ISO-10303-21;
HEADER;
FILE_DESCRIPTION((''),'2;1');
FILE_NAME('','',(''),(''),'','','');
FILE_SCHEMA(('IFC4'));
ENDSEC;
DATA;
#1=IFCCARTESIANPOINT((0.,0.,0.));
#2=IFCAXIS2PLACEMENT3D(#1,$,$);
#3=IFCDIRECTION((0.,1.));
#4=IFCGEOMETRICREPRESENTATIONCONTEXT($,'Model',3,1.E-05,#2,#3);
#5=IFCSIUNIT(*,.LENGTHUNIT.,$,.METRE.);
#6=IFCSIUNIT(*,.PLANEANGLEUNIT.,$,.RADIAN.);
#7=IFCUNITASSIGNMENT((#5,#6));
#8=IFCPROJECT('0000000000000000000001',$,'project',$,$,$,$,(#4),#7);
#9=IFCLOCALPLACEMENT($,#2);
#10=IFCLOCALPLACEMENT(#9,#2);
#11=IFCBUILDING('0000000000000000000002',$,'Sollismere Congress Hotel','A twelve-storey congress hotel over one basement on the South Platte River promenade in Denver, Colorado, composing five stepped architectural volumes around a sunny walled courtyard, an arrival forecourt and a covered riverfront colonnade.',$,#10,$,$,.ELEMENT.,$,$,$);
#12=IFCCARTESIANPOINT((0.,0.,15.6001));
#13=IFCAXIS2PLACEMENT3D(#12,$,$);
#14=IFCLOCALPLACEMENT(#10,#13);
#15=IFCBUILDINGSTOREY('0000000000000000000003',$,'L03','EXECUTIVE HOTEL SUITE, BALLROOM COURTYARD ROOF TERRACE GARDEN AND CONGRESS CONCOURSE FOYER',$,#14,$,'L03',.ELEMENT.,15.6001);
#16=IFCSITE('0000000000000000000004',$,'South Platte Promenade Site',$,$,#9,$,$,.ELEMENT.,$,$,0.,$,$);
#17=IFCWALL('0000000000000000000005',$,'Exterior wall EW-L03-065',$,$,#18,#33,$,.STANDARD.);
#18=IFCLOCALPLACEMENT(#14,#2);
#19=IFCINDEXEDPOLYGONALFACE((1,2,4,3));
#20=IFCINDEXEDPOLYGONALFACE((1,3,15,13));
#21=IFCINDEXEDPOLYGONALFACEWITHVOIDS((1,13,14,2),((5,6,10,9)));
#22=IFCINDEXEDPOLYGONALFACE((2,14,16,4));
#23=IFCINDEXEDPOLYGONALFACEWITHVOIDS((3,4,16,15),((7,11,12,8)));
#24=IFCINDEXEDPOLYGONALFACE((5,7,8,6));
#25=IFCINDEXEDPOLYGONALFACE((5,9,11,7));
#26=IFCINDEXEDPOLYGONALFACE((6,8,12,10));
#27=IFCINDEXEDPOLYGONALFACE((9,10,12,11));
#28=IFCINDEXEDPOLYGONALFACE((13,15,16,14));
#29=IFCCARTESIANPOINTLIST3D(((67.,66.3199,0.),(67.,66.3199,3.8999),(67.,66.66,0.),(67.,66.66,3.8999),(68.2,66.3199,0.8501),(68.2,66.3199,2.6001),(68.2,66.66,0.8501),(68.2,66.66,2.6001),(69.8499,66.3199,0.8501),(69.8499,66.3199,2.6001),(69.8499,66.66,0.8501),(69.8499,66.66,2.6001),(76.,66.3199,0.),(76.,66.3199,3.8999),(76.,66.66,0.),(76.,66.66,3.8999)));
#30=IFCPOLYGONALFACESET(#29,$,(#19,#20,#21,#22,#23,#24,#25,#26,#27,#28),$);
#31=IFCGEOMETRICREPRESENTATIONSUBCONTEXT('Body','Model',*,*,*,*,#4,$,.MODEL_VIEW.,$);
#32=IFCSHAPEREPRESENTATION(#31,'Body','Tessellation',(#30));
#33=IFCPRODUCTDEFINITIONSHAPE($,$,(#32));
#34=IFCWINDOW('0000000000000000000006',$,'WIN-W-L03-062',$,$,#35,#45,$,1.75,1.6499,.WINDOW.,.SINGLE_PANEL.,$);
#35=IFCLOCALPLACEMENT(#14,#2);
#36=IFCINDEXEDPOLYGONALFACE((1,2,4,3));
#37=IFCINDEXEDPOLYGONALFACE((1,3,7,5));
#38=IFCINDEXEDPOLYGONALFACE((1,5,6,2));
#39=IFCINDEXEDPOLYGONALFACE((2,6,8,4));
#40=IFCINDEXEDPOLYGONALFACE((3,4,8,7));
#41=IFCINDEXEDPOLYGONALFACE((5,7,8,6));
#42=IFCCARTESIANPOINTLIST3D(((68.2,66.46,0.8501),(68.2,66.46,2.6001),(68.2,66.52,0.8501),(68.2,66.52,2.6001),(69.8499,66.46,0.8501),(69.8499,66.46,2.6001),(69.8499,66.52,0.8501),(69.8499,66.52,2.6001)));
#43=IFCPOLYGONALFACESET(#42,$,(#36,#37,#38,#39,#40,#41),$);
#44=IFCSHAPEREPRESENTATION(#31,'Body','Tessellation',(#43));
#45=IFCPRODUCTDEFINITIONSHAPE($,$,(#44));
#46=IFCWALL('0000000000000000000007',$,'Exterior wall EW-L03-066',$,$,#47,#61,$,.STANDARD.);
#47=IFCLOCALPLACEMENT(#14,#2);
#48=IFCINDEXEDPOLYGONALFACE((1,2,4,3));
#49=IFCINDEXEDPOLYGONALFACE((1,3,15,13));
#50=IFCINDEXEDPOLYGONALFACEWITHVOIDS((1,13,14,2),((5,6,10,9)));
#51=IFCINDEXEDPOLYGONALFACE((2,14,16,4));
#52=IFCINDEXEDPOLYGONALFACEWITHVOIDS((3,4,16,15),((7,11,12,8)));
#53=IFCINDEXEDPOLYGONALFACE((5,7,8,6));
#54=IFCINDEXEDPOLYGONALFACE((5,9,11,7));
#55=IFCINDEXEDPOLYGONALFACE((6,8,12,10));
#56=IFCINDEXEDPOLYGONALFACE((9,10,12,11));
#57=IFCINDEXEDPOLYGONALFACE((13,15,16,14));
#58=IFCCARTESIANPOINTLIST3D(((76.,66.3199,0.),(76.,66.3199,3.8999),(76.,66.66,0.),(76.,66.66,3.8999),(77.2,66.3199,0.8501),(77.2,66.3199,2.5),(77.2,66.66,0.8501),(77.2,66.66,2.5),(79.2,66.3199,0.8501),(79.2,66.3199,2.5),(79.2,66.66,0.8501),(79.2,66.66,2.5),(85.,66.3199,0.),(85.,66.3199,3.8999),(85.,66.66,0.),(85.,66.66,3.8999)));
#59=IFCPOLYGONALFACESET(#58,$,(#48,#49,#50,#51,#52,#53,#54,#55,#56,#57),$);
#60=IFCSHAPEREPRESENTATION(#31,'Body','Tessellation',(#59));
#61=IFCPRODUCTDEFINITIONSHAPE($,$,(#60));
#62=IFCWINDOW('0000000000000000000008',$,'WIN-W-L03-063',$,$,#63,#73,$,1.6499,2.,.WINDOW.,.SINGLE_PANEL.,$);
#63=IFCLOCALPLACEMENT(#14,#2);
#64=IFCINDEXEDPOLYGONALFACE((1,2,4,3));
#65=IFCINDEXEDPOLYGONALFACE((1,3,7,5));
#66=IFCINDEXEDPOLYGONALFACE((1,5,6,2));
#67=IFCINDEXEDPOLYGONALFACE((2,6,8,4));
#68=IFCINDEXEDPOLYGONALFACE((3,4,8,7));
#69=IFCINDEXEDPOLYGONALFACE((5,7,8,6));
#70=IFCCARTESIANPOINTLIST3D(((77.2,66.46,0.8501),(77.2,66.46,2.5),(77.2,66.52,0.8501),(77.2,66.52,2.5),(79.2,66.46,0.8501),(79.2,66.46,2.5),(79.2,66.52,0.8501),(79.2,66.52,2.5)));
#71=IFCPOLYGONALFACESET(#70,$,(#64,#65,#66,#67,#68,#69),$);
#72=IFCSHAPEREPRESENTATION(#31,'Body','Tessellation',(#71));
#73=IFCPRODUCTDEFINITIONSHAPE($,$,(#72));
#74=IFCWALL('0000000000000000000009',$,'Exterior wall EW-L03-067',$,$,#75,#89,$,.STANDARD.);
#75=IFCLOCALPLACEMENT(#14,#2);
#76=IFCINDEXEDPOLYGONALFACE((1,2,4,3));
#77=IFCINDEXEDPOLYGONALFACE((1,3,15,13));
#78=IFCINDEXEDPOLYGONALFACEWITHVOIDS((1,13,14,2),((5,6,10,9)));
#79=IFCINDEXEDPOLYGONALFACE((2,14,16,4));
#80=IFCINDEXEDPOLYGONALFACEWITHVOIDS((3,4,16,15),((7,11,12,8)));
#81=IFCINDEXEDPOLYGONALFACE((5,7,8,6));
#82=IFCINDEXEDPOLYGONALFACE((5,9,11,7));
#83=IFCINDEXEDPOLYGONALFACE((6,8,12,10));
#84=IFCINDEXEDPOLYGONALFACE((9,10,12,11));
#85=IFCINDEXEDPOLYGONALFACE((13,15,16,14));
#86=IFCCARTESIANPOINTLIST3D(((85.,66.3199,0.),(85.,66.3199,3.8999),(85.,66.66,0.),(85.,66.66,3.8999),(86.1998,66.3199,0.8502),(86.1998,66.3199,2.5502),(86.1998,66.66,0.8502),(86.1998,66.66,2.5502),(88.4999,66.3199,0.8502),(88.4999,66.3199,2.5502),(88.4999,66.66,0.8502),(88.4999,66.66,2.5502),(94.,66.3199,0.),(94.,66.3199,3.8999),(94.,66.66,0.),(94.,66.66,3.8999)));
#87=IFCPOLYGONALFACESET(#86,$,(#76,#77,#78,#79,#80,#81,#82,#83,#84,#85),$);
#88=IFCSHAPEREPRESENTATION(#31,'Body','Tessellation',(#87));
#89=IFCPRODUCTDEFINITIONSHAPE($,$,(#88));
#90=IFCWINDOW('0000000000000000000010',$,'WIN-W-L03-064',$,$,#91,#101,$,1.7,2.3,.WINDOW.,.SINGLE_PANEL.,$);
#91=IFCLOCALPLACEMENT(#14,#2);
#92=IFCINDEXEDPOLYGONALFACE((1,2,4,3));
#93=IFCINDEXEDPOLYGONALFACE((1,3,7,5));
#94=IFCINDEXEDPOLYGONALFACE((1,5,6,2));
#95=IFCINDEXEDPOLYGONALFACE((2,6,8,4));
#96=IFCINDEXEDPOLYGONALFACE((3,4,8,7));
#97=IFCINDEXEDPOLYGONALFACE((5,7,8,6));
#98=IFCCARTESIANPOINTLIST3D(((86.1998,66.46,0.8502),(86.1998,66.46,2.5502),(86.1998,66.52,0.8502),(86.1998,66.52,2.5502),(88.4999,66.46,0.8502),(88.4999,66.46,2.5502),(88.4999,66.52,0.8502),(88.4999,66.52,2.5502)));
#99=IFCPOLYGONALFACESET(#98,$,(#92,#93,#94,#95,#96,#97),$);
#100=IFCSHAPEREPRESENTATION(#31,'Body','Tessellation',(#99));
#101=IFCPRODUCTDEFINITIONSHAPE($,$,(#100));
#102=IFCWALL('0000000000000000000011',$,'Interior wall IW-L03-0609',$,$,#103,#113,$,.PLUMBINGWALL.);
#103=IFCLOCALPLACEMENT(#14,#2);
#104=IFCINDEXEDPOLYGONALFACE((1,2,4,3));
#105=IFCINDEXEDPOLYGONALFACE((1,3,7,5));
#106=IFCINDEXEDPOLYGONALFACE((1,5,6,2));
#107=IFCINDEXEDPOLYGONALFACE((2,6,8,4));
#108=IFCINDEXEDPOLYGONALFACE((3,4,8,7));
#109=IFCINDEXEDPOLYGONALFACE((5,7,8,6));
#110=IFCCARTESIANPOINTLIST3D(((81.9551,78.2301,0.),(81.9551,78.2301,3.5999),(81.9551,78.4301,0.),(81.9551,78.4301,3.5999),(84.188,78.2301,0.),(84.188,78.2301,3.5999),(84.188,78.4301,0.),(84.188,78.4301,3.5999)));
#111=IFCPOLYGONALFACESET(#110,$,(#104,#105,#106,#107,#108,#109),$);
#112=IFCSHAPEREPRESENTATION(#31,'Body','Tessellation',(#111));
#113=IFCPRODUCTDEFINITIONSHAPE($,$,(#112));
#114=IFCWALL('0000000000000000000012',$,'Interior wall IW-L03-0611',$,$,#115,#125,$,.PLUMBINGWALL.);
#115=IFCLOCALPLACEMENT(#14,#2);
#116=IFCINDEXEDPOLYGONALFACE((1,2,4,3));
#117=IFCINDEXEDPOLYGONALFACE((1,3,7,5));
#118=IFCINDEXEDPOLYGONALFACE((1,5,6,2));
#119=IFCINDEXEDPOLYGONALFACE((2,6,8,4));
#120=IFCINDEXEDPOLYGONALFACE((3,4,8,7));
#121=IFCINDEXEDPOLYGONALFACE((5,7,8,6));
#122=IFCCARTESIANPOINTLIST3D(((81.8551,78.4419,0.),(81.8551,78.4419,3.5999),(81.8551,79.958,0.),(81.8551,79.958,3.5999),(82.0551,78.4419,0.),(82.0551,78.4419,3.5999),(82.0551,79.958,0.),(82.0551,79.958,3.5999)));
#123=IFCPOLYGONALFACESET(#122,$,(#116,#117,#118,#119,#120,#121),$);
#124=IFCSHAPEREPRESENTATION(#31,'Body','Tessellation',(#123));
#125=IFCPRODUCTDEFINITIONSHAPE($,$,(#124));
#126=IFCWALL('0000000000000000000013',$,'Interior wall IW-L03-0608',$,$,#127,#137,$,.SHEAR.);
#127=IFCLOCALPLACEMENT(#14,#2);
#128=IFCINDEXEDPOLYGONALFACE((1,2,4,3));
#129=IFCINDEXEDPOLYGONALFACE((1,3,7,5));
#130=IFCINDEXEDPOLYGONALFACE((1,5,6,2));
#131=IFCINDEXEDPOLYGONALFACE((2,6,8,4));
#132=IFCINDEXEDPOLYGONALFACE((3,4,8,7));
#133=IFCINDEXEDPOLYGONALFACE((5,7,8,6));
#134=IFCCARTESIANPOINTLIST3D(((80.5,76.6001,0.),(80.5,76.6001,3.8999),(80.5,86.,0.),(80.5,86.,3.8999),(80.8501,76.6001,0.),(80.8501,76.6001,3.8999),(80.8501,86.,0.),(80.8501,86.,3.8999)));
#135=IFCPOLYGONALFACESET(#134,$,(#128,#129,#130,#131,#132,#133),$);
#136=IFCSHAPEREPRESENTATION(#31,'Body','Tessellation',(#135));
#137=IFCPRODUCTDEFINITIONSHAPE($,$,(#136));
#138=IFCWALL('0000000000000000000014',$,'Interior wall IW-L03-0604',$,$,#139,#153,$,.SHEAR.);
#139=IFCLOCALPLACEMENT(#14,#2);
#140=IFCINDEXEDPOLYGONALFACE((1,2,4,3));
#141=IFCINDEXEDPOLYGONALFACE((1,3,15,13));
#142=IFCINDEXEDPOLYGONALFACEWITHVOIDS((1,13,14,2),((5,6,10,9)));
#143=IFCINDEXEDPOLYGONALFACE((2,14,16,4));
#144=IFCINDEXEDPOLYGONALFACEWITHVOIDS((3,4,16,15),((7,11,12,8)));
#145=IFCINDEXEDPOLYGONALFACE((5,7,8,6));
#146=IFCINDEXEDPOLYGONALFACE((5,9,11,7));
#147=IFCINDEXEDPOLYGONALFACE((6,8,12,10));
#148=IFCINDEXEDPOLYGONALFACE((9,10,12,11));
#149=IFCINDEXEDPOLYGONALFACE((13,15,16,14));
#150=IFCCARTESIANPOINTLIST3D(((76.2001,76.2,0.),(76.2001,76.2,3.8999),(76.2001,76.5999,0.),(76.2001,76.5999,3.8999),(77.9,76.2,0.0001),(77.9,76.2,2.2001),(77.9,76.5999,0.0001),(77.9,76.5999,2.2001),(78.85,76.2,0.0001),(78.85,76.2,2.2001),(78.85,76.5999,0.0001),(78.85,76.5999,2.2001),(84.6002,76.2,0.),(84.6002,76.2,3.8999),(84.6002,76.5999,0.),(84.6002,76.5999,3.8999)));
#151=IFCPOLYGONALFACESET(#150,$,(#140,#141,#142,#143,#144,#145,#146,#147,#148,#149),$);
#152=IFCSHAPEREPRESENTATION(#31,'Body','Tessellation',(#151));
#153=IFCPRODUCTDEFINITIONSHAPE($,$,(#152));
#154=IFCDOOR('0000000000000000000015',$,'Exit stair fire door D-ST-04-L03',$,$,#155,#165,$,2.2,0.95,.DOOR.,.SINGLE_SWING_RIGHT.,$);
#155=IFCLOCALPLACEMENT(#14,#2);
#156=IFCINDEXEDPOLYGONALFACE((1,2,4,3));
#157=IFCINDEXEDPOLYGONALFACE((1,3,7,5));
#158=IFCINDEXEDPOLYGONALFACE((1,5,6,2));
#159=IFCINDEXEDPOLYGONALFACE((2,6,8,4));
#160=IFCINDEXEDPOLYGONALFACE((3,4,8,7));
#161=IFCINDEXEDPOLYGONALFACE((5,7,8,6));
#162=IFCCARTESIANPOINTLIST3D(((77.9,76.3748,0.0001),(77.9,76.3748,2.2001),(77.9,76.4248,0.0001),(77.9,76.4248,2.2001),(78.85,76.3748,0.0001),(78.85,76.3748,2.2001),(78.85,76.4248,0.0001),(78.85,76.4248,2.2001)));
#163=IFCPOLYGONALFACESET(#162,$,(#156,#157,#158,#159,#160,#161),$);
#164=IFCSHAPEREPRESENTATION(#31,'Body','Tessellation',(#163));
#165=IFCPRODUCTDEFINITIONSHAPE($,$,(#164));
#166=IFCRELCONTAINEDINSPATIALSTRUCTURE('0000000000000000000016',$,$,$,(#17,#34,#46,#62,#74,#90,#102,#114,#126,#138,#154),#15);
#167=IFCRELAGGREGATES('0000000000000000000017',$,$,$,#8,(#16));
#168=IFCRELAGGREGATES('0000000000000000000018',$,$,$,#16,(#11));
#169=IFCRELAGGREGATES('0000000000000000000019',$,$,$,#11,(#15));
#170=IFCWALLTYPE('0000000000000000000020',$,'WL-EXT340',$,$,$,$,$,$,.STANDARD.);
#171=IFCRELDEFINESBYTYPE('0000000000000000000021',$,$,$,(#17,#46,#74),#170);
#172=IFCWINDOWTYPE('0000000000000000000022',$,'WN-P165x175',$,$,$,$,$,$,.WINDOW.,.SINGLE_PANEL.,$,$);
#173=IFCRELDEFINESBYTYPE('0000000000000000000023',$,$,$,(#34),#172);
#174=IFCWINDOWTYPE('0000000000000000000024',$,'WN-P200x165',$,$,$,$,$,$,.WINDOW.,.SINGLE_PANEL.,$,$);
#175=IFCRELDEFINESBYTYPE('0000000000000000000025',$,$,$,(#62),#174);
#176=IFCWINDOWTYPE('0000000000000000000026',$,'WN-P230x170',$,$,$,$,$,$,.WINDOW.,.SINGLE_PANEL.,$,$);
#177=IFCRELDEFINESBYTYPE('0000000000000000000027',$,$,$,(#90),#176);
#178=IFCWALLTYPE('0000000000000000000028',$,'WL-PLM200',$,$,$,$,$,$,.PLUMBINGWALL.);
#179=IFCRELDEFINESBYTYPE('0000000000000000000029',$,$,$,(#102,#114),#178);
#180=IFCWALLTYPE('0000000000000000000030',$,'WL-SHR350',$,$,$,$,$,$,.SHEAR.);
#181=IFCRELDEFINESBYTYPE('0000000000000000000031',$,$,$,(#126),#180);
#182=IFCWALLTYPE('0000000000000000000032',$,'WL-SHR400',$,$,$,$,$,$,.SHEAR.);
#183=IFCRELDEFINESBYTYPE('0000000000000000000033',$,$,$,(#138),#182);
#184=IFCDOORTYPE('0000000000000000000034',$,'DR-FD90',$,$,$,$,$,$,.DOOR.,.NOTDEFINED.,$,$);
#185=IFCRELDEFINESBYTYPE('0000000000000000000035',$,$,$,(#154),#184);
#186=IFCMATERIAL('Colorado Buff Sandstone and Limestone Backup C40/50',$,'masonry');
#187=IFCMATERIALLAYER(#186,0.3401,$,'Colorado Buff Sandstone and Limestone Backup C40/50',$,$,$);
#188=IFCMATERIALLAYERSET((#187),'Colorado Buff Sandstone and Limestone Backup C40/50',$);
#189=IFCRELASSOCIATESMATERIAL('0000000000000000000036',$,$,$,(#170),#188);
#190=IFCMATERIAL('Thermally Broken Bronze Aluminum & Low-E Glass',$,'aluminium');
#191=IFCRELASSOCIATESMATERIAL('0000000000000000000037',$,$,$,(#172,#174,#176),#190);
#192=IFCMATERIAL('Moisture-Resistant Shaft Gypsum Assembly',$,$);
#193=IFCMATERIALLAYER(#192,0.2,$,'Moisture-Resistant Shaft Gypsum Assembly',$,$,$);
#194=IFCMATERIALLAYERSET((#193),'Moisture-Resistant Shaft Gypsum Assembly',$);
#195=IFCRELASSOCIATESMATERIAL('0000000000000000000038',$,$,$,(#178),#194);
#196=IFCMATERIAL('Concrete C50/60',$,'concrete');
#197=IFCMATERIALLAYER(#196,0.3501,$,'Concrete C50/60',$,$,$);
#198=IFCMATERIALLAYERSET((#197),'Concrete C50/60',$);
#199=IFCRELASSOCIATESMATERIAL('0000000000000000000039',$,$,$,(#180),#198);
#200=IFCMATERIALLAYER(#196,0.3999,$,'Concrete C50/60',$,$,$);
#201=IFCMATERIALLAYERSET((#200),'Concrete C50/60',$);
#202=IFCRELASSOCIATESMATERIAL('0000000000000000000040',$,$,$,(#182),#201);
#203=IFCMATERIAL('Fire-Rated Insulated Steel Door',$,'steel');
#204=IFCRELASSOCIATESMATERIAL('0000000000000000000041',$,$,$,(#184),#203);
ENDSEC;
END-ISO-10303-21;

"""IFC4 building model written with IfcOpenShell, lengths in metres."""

from ifc_helpers import new_model, si_unit, direction, frame, frame_2d, origin, place, context, subcontext, project, spatial, rectangle, extrude, material, layer, layer_set, type_object, element, fill, save


model = new_model("IFC4")

# Units and contexts
model_context = context("Model", 3, precision=1e-05, world=origin(), true_north=direction((0.0, 1.0)))
body_context = subcontext(model_context, "Body", "Model", "MODEL_VIEW")
ifc_project = project(units=[si_unit("LENGTHUNIT", "METRE"), si_unit("PLANEANGLEUNIT", "RADIAN")], contexts=[model_context])

# Site, building, storey
site_placement = place(None, origin())
site = spatial("IfcSite", under=ifc_project, at=site_placement, Name="South Platte Promenade Site", CompositionType="ELEMENT", RefElevation=0.0)
building_placement = place(site_placement, origin())
building = spatial("IfcBuilding", under=site, at=building_placement, Name="Sollismere Congress Hotel", Description="A twelve-storey congress hotel over one basement on the South Platte River promenade in Denver, Colorado, composing five stepped architectural volumes around a sunny walled courtyard, an arrival forecourt and a covered riverfront colonnade.", CompositionType="ELEMENT")
storey_placement = place(building_placement, frame((0.0, 0.0, 15.6001)))
storey = spatial("IfcBuildingStorey", under=building, at=storey_placement, Name="L03", Description="EXECUTIVE HOTEL SUITE, BALLROOM COURTYARD ROOF TERRACE GARDEN AND CONGRESS CONCOURSE FOYER", LongName="L03", CompositionType="ELEMENT", Elevation=15.6001)

# Walls, openings, windows
ifc_material_1 = material(Name="Colorado Buff Sandstone and Limestone Backup C40/50", Category="masonry")
ifc_layer_1 = layer(ifc_material_1, 0.3401, Name="Colorado Buff Sandstone and Limestone Backup C40/50")
ifc_layer_set_1 = layer_set([ifc_layer_1], Name="Colorado Buff Sandstone and Limestone Backup C40/50")
wall_type_1 = type_object("IfcWallType", Name="WL-EXT340", PredefinedType="STANDARD", material=ifc_layer_set_1)
wall_1_placement = place(storey_placement, frame((67.0, 66.49, 0.0), z_axis=(0.0, 0.0, 1.0), x_axis=(1.0, 0.0, 0.0)))
wall_1 = element("IfcWall", 1, at=wall_1_placement, inside=storey, type_object=wall_type_1, Name="Exterior wall EW-L03-065", PredefinedType="STANDARD", context=body_context, shape_type="SweptSolid", body=[
    extrude(rectangle(XDim=9.0, YDim=0.3401, at=frame_2d((4.5, 0.0))), origin(), (0.0, 0.0, 1.0), 3.8999),
])
opening_1_placement = place(wall_1_placement, frame((1.2, 0.0, 0.8501)))
opening_1 = element("IfcOpeningElement", 2, at=opening_1_placement, cuts=wall_1, PredefinedType="OPENING", context=body_context, shape_type="SweptSolid", body=[
    extrude(rectangle(XDim=1.6499, YDim=1.75, at=frame_2d((0.825, 0.875))), frame((0.0, 0.1799, 0.0), z_axis=(0.0, -1.0, 0.0), x_axis=(1.0, 0.0, 0.0)), (0.0, 0.0, 1.0), 0.3601),
])
ifc_material_2 = material(Name="Thermally Broken Bronze Aluminum & Low-E Glass", Category="aluminium")
window_type_1 = type_object("IfcWindowType", Name="WN-P165x175", PartitioningType="SINGLE_PANEL", PredefinedType="WINDOW", material=ifc_material_2)
window_1_placement = place(opening_1_placement, origin())
window_1 = element("IfcWindow", 3, at=window_1_placement, inside=storey, type_object=window_type_1, Name="WIN-W-L03-062", OverallHeight=1.75, OverallWidth=1.6499, PartitioningType="SINGLE_PANEL", PredefinedType="WINDOW", context=body_context, shape_type="SweptSolid", body=[
    extrude(rectangle(XDim=1.6499, YDim=1.75, at=frame_2d((0.825, 0.875))), frame((0.0, 0.03, 0.0), z_axis=(0.0, -1.0, 0.0), x_axis=(1.0, 0.0, 0.0)), (0.0, 0.0, 1.0), 0.0601),
])
fill(opening_1, window_1)
wall_2_placement = place(storey_placement, frame((76.0, 66.49, 0.0), z_axis=(0.0, 0.0, 1.0), x_axis=(1.0, 0.0, 0.0)))
wall_2 = element("IfcWall", 4, at=wall_2_placement, inside=storey, type_object=wall_type_1, Name="Exterior wall EW-L03-066", PredefinedType="STANDARD", context=body_context, shape_type="SweptSolid", body=[
    extrude(rectangle(XDim=9.0, YDim=0.3401, at=frame_2d((4.5, 0.0))), origin(), (0.0, 0.0, 1.0), 3.8999),
])
opening_2_placement = place(wall_2_placement, frame((1.2, 0.0, 0.8501)))
opening_2 = element("IfcOpeningElement", 5, at=opening_2_placement, cuts=wall_2, PredefinedType="OPENING", context=body_context, shape_type="SweptSolid", body=[
    extrude(rectangle(XDim=2.0, YDim=1.6499, at=frame_2d((1.0, 0.825))), frame((0.0, 0.1799, 0.0), z_axis=(0.0, -1.0, 0.0), x_axis=(1.0, 0.0, 0.0)), (0.0, 0.0, 1.0), 0.3601),
])
window_type_2 = type_object("IfcWindowType", Name="WN-P200x165", PartitioningType="SINGLE_PANEL", PredefinedType="WINDOW", material=ifc_material_2)
window_2_placement = place(opening_2_placement, origin())
window_2 = element("IfcWindow", 6, at=window_2_placement, inside=storey, type_object=window_type_2, Name="WIN-W-L03-063", OverallHeight=1.6499, OverallWidth=2.0, PartitioningType="SINGLE_PANEL", PredefinedType="WINDOW", context=body_context, shape_type="SweptSolid", body=[
    extrude(rectangle(XDim=2.0, YDim=1.6499, at=frame_2d((1.0, 0.825))), frame((0.0, 0.03, 0.0), z_axis=(0.0, -1.0, 0.0), x_axis=(1.0, 0.0, 0.0)), (0.0, 0.0, 1.0), 0.0601),
])
fill(opening_2, window_2)
wall_3_placement = place(storey_placement, frame((85.0, 66.49, 0.0), z_axis=(0.0, 0.0, 1.0), x_axis=(1.0, 0.0, 0.0)))
wall_3 = element("IfcWall", 7, at=wall_3_placement, inside=storey, type_object=wall_type_1, Name="Exterior wall EW-L03-067", PredefinedType="STANDARD", context=body_context, shape_type="SweptSolid", body=[
    extrude(rectangle(XDim=9.0, YDim=0.3401, at=frame_2d((4.5, 0.0))), origin(), (0.0, 0.0, 1.0), 3.8999),
])
opening_3_placement = place(wall_3_placement, frame((1.2, 0.0, 0.8501)))
opening_3 = element("IfcOpeningElement", 8, at=opening_3_placement, cuts=wall_3, PredefinedType="OPENING", context=body_context, shape_type="SweptSolid", body=[
    extrude(rectangle(XDim=2.3, YDim=1.7, at=frame_2d((1.1499, 0.8501))), frame((0.0, 0.1799, 0.0), z_axis=(0.0, -1.0, 0.0), x_axis=(1.0, 0.0, 0.0)), (0.0, 0.0, 1.0), 0.3601),
])
window_type_3 = type_object("IfcWindowType", Name="WN-P230x170", PartitioningType="SINGLE_PANEL", PredefinedType="WINDOW", material=ifc_material_2)
window_3_placement = place(opening_3_placement, origin())
window_3 = element("IfcWindow", 9, at=window_3_placement, inside=storey, type_object=window_type_3, Name="WIN-W-L03-064", OverallHeight=1.7, OverallWidth=2.3, PartitioningType="SINGLE_PANEL", PredefinedType="WINDOW", context=body_context, shape_type="SweptSolid", body=[
    extrude(rectangle(XDim=2.3, YDim=1.7, at=frame_2d((1.1499, 0.8501))), frame((0.0, 0.03, 0.0), z_axis=(0.0, -1.0, 0.0), x_axis=(1.0, 0.0, 0.0)), (0.0, 0.0, 1.0), 0.0601),
])
fill(opening_3, window_3)

# Walls
ifc_material_3 = material(Name="Moisture-Resistant Shaft Gypsum Assembly")
ifc_layer_2 = layer(ifc_material_3, 0.2, Name="Moisture-Resistant Shaft Gypsum Assembly")
ifc_layer_set_2 = layer_set([ifc_layer_2], Name="Moisture-Resistant Shaft Gypsum Assembly")
wall_type_2 = type_object("IfcWallType", Name="WL-PLM200", PredefinedType="PLUMBINGWALL", material=ifc_layer_set_2)
wall_4_placement = place(storey_placement, frame((81.9551, 78.3301, 0.0), z_axis=(0.0, 0.0, 1.0), x_axis=(1.0, 0.0, 0.0)))
element("IfcWall", 10, at=wall_4_placement, inside=storey, type_object=wall_type_2, Name="Interior wall IW-L03-0609", PredefinedType="PLUMBINGWALL", context=body_context, shape_type="SweptSolid", body=[
    extrude(rectangle(XDim=2.2329, YDim=0.2, at=frame_2d((1.1165, 0.0))), origin(), (0.0, 0.0, 1.0), 3.5999),
])
wall_5_placement = place(storey_placement, frame((81.9551, 78.4419, 0.0), z_axis=(0.0, 0.0, 1.0), x_axis=(0.0, 1.0, 0.0)))
element("IfcWall", 11, at=wall_5_placement, inside=storey, type_object=wall_type_2, Name="Interior wall IW-L03-0611", PredefinedType="PLUMBINGWALL", context=body_context, shape_type="SweptSolid", body=[
    extrude(rectangle(XDim=1.5161, YDim=0.2, at=frame_2d((0.7581, 0.0))), origin(), (0.0, 0.0, 1.0), 3.5999),
])
ifc_material_4 = material(Name="Concrete C50/60", Category="concrete")
ifc_layer_3 = layer(ifc_material_4, 0.3501, Name="Concrete C50/60")
ifc_layer_set_3 = layer_set([ifc_layer_3], Name="Concrete C50/60")
wall_type_3 = type_object("IfcWallType", Name="WL-SHR350", PredefinedType="SHEAR", material=ifc_layer_set_3)
wall_6_placement = place(storey_placement, frame((80.675, 76.6001, 0.0), z_axis=(0.0, 0.0, 1.0), x_axis=(0.0, 1.0, 0.0)))
element("IfcWall", 12, at=wall_6_placement, inside=storey, type_object=wall_type_3, Name="Interior wall IW-L03-0608", PredefinedType="SHEAR", context=body_context, shape_type="SweptSolid", body=[
    extrude(rectangle(XDim=9.3999, YDim=0.3501, at=frame_2d((4.7, 0.0))), origin(), (0.0, 0.0, 1.0), 3.8999),
])

# Wall, opening, door
ifc_layer_4 = layer(ifc_material_4, 0.3999, Name="Concrete C50/60")
ifc_layer_set_4 = layer_set([ifc_layer_4], Name="Concrete C50/60")
wall_type_4 = type_object("IfcWallType", Name="WL-SHR400", PredefinedType="SHEAR", material=ifc_layer_set_4)
wall_7_placement = place(storey_placement, frame((76.2, 76.3999, 0.0), z_axis=(0.0, 0.0, 1.0), x_axis=(1.0, 0.0, 0.0)))
wall_7 = element("IfcWall", 13, at=wall_7_placement, inside=storey, type_object=wall_type_4, Name="Interior wall IW-L03-0604", PredefinedType="SHEAR", context=body_context, shape_type="SweptSolid", body=[
    extrude(rectangle(XDim=8.4001, YDim=0.3999, at=frame_2d((4.2002, 0.0))), origin(), (0.0, 0.0, 1.0), 3.8999),
])
opening_4_placement = place(wall_7_placement, frame((1.7, 0.0, 0.0)))
opening_4 = element("IfcOpeningElement", 14, at=opening_4_placement, cuts=wall_7, PredefinedType="OPENING", context=body_context, shape_type="SweptSolid", body=[
    extrude(rectangle(XDim=0.95, YDim=2.2, at=frame_2d((0.4751, 1.1001))), frame((0.0, 0.21, 0.0), z_axis=(0.0, -1.0, 0.0), x_axis=(1.0, 0.0, 0.0)), (0.0, 0.0, 1.0), 0.4199),
])
ifc_material_5 = material(Name="Fire-Rated Insulated Steel Door", Category="steel")
door_type_1 = type_object("IfcDoorType", Name="DR-FD90", OperationType="NOTDEFINED", PredefinedType="DOOR", material=ifc_material_5)
door_1_placement = place(opening_4_placement, origin())
door_1 = element("IfcDoor", 15, at=door_1_placement, inside=storey, type_object=door_type_1, Name="Exit stair fire door D-ST-04-L03", OperationType="SINGLE_SWING_RIGHT", OverallHeight=2.2, OverallWidth=0.95, PredefinedType="DOOR", context=body_context, shape_type="SweptSolid", body=[
    extrude(rectangle(XDim=0.95, YDim=2.2, at=frame_2d((0.4751, 1.1001))), frame((0.0, 0.0249, 0.0), z_axis=(0.0, -1.0, 0.0), x_axis=(1.0, 0.0, 0.0)), (0.0, 0.0, 1.0), 0.05),
])
fill(opening_4, door_1)

save(model, "model.ifc")
